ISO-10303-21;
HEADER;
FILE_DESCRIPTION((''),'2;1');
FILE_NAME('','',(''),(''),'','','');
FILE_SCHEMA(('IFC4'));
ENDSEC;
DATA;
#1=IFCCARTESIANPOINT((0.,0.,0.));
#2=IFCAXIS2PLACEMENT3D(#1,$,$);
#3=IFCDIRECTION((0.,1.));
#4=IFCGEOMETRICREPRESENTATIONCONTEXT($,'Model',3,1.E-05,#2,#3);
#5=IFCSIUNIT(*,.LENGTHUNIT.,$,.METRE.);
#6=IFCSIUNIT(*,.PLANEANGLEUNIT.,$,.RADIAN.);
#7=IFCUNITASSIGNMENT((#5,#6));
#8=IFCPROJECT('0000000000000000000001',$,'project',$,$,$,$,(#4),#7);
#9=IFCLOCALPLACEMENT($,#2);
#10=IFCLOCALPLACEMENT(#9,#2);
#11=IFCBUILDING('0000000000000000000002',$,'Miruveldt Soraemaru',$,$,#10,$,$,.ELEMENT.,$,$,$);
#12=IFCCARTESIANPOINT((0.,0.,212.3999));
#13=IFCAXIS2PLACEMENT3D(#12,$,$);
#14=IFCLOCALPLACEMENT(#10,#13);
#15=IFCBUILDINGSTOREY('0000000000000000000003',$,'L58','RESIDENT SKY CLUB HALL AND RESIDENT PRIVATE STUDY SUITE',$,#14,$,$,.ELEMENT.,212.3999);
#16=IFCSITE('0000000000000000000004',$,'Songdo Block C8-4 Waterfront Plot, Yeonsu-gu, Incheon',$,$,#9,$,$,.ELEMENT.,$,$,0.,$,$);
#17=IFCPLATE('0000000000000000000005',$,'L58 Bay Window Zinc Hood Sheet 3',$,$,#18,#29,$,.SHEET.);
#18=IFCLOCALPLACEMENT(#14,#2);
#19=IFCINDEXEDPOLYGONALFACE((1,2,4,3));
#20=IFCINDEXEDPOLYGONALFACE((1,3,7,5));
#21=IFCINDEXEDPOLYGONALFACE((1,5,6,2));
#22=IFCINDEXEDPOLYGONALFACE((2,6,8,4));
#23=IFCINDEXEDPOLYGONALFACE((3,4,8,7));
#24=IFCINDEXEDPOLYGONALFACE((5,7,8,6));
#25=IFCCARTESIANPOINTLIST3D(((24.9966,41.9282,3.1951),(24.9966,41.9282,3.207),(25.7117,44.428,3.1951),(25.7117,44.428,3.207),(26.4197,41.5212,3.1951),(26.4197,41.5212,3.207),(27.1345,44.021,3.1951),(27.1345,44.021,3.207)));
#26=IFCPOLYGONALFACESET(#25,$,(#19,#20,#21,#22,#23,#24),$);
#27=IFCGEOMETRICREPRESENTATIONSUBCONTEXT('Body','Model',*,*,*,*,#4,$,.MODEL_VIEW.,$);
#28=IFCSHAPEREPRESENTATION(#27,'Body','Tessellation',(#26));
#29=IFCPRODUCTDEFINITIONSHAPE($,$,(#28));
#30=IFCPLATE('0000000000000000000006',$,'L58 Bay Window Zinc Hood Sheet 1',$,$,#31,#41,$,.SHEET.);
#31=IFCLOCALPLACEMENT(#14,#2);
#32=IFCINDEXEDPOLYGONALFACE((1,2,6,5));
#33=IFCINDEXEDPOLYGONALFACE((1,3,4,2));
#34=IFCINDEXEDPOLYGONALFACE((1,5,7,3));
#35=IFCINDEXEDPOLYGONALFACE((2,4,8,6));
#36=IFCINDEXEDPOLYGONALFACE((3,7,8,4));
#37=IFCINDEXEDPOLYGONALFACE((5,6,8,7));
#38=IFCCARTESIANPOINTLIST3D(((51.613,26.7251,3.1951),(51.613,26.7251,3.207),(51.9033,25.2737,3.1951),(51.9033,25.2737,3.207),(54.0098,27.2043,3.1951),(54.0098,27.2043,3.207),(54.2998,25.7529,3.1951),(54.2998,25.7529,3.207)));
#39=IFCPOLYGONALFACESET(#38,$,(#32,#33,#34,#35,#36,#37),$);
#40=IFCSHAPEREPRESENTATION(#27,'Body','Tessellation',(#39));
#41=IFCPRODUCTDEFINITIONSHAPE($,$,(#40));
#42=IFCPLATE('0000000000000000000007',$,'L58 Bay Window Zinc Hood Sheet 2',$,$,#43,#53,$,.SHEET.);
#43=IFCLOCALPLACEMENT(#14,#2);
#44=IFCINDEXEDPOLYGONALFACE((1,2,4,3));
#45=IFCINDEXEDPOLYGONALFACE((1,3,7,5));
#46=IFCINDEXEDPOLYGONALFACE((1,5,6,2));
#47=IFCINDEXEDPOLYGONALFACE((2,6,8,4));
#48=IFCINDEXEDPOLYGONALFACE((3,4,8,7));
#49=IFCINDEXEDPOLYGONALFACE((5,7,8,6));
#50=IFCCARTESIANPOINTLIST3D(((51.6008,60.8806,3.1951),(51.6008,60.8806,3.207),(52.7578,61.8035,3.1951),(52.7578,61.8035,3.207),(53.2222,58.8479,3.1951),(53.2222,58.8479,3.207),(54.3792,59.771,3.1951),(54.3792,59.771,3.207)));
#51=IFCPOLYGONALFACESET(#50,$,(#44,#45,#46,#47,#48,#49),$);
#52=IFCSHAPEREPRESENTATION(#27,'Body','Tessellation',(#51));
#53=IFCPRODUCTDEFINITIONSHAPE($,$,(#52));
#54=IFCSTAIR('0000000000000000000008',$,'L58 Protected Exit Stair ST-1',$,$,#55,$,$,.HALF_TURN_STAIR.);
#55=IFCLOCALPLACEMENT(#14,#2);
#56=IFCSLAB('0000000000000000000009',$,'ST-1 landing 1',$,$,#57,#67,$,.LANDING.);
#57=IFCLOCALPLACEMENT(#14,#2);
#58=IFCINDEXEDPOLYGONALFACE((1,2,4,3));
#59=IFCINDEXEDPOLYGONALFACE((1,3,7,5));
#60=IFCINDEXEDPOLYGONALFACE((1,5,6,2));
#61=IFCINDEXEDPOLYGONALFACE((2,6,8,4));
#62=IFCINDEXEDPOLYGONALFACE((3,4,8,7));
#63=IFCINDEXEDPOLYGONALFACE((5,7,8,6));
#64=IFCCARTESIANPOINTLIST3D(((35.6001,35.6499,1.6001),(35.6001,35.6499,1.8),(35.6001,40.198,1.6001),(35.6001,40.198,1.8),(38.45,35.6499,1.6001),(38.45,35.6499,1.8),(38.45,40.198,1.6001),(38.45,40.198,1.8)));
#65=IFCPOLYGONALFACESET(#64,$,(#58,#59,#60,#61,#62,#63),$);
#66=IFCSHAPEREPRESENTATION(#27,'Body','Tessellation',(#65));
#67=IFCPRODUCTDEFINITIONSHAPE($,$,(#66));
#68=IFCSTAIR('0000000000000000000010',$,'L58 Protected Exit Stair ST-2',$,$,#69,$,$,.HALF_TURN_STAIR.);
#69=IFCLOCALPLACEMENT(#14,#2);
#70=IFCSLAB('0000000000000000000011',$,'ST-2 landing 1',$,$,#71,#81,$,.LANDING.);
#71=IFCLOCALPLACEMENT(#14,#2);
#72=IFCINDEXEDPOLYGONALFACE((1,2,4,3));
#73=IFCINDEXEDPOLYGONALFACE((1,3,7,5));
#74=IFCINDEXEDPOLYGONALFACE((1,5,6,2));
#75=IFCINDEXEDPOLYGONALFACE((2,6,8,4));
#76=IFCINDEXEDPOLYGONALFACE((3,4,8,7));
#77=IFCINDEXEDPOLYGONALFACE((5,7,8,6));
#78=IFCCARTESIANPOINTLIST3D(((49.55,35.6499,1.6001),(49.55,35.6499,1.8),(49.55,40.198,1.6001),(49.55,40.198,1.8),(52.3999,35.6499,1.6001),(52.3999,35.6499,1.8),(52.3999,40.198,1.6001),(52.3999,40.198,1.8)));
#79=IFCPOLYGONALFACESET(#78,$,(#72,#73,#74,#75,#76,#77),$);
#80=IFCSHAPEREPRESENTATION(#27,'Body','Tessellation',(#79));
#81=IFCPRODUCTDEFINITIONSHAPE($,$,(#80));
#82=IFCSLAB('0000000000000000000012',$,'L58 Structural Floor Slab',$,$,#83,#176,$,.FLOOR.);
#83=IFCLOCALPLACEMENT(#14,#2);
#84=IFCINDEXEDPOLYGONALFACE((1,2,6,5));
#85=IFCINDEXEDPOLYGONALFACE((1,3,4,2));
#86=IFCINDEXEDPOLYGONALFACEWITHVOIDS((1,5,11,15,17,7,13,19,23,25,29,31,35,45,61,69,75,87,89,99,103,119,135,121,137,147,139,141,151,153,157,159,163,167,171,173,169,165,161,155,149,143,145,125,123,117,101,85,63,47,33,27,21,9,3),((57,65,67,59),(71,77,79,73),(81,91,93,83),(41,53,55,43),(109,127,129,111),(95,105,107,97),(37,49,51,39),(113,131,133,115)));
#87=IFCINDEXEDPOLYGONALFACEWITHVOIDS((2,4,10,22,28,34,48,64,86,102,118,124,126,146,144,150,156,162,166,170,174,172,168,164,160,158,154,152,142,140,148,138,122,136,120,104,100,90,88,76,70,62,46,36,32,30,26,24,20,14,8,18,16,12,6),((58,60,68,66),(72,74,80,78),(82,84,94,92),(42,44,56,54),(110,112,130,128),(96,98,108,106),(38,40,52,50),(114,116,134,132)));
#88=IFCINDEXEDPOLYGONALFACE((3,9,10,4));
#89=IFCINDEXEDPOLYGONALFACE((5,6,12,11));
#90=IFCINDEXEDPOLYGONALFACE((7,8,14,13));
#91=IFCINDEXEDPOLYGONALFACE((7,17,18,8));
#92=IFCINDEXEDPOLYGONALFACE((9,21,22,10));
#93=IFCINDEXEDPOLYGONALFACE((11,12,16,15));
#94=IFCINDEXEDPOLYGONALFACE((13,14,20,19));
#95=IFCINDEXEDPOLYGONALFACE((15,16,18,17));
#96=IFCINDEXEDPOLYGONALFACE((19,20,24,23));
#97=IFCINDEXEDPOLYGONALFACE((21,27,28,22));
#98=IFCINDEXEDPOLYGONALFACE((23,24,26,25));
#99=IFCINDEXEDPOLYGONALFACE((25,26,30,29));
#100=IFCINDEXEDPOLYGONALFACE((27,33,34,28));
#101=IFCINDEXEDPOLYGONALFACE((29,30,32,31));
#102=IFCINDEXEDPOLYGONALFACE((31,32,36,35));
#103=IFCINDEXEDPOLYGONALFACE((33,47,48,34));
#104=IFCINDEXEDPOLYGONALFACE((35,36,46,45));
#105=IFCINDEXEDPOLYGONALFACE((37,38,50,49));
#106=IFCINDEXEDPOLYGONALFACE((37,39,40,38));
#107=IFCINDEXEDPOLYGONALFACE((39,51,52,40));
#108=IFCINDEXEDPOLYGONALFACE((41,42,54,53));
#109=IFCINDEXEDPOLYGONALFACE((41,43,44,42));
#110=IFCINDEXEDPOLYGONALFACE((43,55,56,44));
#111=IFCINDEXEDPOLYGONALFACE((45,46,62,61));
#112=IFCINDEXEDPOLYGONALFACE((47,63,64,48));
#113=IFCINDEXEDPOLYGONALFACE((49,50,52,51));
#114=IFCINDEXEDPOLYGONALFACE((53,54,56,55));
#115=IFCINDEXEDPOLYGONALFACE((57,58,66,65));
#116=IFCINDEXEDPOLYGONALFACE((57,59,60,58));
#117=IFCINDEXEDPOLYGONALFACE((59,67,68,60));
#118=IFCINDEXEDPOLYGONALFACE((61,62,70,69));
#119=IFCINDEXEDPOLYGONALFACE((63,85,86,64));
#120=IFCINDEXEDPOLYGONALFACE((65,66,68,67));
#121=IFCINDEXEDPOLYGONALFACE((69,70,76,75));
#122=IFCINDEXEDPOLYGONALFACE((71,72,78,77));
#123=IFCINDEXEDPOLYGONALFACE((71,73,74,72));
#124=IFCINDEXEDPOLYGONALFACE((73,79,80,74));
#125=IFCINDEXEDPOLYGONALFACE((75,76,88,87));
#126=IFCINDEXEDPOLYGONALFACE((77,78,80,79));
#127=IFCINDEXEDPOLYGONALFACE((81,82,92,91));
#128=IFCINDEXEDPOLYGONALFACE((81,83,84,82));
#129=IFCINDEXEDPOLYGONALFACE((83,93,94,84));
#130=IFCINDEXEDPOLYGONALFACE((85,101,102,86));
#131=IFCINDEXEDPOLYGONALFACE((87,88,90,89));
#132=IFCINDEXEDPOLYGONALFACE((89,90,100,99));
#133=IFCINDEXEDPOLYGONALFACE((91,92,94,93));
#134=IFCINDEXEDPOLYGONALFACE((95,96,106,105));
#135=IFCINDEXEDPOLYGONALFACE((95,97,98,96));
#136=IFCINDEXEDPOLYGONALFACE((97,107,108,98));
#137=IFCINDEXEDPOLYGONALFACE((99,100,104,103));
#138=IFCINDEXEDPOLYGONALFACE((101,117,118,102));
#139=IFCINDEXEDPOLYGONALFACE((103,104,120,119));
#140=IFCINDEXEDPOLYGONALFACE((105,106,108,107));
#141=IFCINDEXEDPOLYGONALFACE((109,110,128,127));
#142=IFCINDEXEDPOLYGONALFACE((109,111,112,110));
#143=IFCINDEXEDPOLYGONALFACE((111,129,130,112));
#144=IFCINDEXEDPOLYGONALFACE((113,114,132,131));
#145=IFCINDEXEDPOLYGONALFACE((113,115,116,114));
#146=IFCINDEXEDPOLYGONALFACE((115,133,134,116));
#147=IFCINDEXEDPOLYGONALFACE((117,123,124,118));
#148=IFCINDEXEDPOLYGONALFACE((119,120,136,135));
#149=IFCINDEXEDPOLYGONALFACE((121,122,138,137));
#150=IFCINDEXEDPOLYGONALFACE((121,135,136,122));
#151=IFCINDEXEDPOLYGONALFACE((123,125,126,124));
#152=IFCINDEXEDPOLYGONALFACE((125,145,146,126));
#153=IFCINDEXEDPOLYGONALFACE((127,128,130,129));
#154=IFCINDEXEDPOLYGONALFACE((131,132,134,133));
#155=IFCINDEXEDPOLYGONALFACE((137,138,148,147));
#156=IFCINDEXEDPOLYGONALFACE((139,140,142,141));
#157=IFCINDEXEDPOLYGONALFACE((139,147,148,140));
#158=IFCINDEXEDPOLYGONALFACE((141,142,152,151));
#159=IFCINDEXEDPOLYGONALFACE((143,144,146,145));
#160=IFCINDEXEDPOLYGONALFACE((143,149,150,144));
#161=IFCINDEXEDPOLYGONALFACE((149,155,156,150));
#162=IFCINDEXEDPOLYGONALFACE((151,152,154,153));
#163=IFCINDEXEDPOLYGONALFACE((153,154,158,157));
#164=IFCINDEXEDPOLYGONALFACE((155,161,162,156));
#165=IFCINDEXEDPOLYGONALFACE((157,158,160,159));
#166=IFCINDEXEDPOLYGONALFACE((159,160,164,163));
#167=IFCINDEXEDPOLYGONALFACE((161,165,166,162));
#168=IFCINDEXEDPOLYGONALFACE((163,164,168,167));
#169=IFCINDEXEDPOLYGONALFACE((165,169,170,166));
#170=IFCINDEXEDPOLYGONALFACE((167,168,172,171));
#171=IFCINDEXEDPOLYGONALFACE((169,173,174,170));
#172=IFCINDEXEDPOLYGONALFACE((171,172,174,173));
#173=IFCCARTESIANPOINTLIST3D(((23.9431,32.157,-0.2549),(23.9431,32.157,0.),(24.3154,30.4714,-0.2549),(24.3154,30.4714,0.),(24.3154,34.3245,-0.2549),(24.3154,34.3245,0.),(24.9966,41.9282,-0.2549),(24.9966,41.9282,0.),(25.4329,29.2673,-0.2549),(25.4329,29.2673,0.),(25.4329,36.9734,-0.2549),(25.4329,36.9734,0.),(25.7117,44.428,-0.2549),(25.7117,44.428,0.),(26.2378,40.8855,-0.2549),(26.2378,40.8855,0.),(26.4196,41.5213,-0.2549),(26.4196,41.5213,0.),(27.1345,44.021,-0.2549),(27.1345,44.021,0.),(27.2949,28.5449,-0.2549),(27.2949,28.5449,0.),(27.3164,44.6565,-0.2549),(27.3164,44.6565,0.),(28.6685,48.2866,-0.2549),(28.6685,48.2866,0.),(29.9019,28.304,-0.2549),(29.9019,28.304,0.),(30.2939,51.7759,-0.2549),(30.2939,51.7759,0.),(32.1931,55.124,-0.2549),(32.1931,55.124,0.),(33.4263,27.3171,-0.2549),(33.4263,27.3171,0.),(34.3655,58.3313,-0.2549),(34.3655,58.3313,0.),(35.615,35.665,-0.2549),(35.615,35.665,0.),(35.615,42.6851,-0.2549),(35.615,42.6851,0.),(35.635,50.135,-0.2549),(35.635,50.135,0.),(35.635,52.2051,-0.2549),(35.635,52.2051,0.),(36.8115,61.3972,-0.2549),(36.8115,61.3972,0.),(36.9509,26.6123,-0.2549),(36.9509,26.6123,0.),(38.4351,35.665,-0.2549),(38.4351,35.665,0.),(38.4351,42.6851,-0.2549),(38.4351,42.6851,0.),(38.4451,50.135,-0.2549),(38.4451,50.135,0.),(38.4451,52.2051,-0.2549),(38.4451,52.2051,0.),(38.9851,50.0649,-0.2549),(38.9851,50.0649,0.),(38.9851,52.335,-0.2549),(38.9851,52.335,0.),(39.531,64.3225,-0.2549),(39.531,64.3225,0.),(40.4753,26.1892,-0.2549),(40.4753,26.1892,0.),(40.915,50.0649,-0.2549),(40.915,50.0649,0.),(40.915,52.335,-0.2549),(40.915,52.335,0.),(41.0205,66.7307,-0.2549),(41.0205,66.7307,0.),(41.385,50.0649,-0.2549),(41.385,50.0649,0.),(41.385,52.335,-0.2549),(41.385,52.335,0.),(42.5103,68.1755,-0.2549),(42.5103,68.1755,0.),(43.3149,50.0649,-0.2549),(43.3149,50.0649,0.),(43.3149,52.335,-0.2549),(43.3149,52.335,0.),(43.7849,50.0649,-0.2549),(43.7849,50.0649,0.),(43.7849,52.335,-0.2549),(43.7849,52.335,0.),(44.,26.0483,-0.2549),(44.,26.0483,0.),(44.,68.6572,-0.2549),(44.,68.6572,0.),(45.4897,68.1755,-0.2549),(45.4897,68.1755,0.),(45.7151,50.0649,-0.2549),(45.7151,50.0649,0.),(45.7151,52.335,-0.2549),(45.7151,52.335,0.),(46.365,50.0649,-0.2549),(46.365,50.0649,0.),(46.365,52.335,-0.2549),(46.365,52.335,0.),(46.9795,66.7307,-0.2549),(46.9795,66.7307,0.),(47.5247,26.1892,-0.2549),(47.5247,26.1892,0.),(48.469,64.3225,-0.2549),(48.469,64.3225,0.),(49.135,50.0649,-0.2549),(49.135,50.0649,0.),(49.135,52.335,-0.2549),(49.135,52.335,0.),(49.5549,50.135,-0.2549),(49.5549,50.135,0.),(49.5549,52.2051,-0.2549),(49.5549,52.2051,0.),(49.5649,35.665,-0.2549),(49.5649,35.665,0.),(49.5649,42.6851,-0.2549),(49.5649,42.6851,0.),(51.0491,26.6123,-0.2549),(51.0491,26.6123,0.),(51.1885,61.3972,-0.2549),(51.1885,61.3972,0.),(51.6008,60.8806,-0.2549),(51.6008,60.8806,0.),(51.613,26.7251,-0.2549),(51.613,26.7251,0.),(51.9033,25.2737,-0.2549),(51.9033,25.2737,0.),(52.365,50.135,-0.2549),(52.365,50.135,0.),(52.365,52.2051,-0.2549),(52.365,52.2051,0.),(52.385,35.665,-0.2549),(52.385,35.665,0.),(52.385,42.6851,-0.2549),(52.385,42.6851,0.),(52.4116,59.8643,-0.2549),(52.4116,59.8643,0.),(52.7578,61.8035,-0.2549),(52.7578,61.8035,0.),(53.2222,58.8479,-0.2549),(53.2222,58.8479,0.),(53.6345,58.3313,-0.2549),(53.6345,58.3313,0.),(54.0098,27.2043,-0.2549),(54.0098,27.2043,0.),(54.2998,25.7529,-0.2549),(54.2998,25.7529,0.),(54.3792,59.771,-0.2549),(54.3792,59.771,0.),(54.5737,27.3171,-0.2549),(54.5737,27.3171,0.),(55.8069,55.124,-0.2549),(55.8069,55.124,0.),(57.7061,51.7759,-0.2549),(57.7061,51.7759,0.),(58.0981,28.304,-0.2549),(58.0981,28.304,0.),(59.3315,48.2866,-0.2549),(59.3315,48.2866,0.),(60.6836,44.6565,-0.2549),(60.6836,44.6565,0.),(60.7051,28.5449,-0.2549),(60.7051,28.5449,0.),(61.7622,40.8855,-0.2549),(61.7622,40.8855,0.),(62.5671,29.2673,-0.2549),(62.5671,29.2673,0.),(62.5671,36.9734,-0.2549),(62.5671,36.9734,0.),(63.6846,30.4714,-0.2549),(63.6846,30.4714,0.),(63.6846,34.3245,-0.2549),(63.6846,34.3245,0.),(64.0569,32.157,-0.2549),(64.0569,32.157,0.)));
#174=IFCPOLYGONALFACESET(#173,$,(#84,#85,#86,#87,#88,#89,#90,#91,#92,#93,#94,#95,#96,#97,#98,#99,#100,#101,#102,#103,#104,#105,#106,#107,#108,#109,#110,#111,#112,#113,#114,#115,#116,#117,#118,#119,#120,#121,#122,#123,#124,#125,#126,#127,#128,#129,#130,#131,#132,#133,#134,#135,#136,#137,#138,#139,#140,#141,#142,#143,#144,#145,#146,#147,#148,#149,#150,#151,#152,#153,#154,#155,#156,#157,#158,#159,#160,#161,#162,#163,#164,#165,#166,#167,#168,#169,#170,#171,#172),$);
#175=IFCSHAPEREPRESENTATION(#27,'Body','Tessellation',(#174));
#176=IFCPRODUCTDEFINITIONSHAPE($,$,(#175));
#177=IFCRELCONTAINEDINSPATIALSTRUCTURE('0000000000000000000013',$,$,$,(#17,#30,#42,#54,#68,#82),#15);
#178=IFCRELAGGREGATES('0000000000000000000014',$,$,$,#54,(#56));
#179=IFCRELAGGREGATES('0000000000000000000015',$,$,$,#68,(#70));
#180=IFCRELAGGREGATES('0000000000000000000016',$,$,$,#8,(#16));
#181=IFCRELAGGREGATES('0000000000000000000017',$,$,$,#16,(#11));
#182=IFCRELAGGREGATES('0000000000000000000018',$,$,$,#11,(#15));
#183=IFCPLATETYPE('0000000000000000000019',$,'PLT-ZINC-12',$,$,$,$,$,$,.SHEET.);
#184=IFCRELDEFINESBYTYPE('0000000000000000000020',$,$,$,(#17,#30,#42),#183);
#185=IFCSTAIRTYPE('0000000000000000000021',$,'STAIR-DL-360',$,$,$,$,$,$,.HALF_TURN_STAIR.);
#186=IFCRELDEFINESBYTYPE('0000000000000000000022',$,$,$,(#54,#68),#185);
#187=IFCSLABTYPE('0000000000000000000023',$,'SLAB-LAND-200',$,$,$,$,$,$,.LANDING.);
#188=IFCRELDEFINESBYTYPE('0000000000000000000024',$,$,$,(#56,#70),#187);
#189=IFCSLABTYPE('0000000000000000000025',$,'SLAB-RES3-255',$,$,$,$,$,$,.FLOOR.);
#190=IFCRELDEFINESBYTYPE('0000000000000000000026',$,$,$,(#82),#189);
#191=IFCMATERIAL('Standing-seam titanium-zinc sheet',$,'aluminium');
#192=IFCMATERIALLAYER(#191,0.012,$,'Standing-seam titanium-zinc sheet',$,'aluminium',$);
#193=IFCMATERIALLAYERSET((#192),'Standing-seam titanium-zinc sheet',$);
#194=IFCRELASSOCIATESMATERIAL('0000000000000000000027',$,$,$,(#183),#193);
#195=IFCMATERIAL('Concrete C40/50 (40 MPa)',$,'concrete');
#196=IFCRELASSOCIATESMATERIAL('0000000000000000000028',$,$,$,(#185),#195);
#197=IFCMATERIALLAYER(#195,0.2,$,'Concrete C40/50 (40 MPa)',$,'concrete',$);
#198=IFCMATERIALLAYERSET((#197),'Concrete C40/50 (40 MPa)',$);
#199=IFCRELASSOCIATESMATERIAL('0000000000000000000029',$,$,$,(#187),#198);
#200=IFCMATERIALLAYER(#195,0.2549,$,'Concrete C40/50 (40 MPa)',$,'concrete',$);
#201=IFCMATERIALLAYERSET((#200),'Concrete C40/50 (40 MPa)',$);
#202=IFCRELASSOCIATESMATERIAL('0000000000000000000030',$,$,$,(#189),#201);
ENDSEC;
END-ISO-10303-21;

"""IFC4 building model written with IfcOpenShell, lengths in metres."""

from ifc_helpers import new_model, si_unit, direction, frame, origin, place, context, subcontext, project, spatial, polyline, outline, extrude, material, layer, layer_set, type_object, element, aggregate, save


model = new_model("IFC4")

# Units and contexts
model_context = context("Model", 3, precision=1e-05, world=origin(), true_north=direction((0.0, 1.0)))
body_context = subcontext(model_context, "Body", "Model", "MODEL_VIEW")
ifc_project = project(units=[si_unit("LENGTHUNIT", "METRE"), si_unit("PLANEANGLEUNIT", "RADIAN")], contexts=[model_context])

# Site, building, storey
site_placement = place(None, origin())
site = spatial("IfcSite", under=ifc_project, at=site_placement, Name="Songdo Block C8-4 Waterfront Plot, Yeonsu-gu, Incheon", CompositionType="ELEMENT", RefElevation=0.0)
building_placement = place(site_placement, origin())
building = spatial("IfcBuilding", under=site, at=building_placement, Name="Miruveldt Soraemaru", CompositionType="ELEMENT")
storey_placement = place(building_placement, frame((0.0, 0.0, 212.3999)))
storey = spatial("IfcBuildingStorey", under=building, at=storey_placement, Name="L58", Description="RESIDENT SKY CLUB HALL AND RESIDENT PRIVATE STUDY SUITE", CompositionType="ELEMENT", Elevation=212.3999)

# Plates
ifc_material_1 = material(Name="Standing-seam titanium-zinc sheet", Category="aluminium")
ifc_layer_1 = layer(ifc_material_1, 0.012, Name="Standing-seam titanium-zinc sheet", Category="aluminium")
ifc_layer_set_1 = layer_set([ifc_layer_1], Name="Standing-seam titanium-zinc sheet")
plate_type = type_object("IfcPlateType", Name="PLT-ZINC-12", PredefinedType="SHEET", material=ifc_layer_set_1)
plate_1_placement = place(storey_placement, frame((0.0, 0.0, 3.1951)))
element("IfcPlate", 1, at=plate_1_placement, inside=storey, type_object=plate_type, Name="L58 Bay Window Zinc Hood Sheet 3", PredefinedType="SHEET", context=body_context, shape_type="SweptSolid", body=[
    extrude(outline(polyline([(27.1345, 44.021), (26.4197, 41.5212), (24.9966, 41.9282), (25.7117, 44.428), (27.1345, 44.021)])), origin(), (0.0, 0.0, 1.0), 0.012),
])
plate_2_placement = place(storey_placement, frame((0.0, 0.0, 3.1951)))
element("IfcPlate", 2, at=plate_2_placement, inside=storey, type_object=plate_type, Name="L58 Bay Window Zinc Hood Sheet 1", PredefinedType="SHEET", context=body_context, shape_type="SweptSolid", body=[
    extrude(outline(polyline([(51.613, 26.7251), (54.0098, 27.2043), (54.2998, 25.7529), (51.9033, 25.2737), (51.613, 26.7251)])), origin(), (0.0, 0.0, 1.0), 0.012),
])
plate_3_placement = place(storey_placement, frame((0.0, 0.0, 3.1951)))
element("IfcPlate", 3, at=plate_3_placement, inside=storey, type_object=plate_type, Name="L58 Bay Window Zinc Hood Sheet 2", PredefinedType="SHEET", context=body_context, shape_type="SweptSolid", body=[
    extrude(outline(polyline([(53.2222, 58.8479), (51.6008, 60.8806), (52.7578, 61.8035), (54.3792, 59.771), (53.2222, 58.8479)])), origin(), (0.0, 0.0, 1.0), 0.012),
])

# Stairs, slabs
ifc_material_2 = material(Name="Concrete C40/50 (40 MPa)", Category="concrete")
stair_type = type_object("IfcStairType", Name="STAIR-DL-360", PredefinedType="HALF_TURN_STAIR", material=ifc_material_2)
stair_1_placement = place(storey_placement, origin())
stair_1 = element("IfcStair", 4, at=stair_1_placement, inside=storey, type_object=stair_type, Name="L58 Protected Exit Stair ST-1", PredefinedType="HALF_TURN_STAIR")
ifc_layer_2 = layer(ifc_material_2, 0.2, Name="Concrete C40/50 (40 MPa)", Category="concrete")
ifc_layer_set_2 = layer_set([ifc_layer_2], Name="Concrete C40/50 (40 MPa)")
slab_type_1 = type_object("IfcSlabType", Name="SLAB-LAND-200", PredefinedType="LANDING", material=ifc_layer_set_2)
slab_1_placement = place(storey_placement, frame((0.0, 0.0, 1.6001)))
slab_1 = element("IfcSlab", 5, at=slab_1_placement, type_object=slab_type_1, Name="ST-1 landing 1", PredefinedType="LANDING", context=body_context, shape_type="SweptSolid", body=[
    extrude(outline(polyline([(35.6001, 40.198), (35.6001, 35.6499), (38.45, 35.6499), (38.45, 40.198), (35.6001, 40.198)])), origin(), (0.0, 0.0, 1.0), 0.2),
])
aggregate(stair_1, [slab_1])
stair_2_placement = place(storey_placement, origin())
stair_2 = element("IfcStair", 6, at=stair_2_placement, inside=storey, type_object=stair_type, Name="L58 Protected Exit Stair ST-2", PredefinedType="HALF_TURN_STAIR")
slab_2_placement = place(storey_placement, frame((0.0, 0.0, 1.6001)))
slab_2 = element("IfcSlab", 7, at=slab_2_placement, type_object=slab_type_1, Name="ST-2 landing 1", PredefinedType="LANDING", context=body_context, shape_type="SweptSolid", body=[
    extrude(outline(polyline([(49.55, 40.198), (49.55, 35.6499), (52.3999, 35.6499), (52.3999, 40.198), (49.55, 40.198)])), origin(), (0.0, 0.0, 1.0), 0.2),
])
aggregate(stair_2, [slab_2])

# Slab
ifc_layer_3 = layer(ifc_material_2, 0.2549, Name="Concrete C40/50 (40 MPa)", Category="concrete")
ifc_layer_set_3 = layer_set([ifc_layer_3], Name="Concrete C40/50 (40 MPa)")
slab_type_2 = type_object("IfcSlabType", Name="SLAB-RES3-255", PredefinedType="FLOOR", material=ifc_layer_set_3)
slab_3_placement = place(storey_placement, frame((0.0, 0.0, -0.2549)))
element("IfcSlab", 8, at=slab_3_placement, inside=storey, type_object=slab_type_2, Name="L58 Structural Floor Slab", PredefinedType="FLOOR", context=body_context, shape_type="SweptSolid", body=[
    extrude(outline(polyline([(51.9033, 25.2737), (51.613, 26.7251), (51.0491, 26.6123), (47.5247, 26.1892), (44.0, 26.0483), (40.4753, 26.1892), (36.9509, 26.6123), (33.4263, 27.3171), (29.9019, 28.304), (27.2949, 28.5449), (25.4329, 29.2673), (24.3154, 30.4714), (23.9431, 32.157), (24.3154, 34.3245), (25.4329, 36.9734), (26.2378, 40.8855), (26.7771, 42.771), (26.4197, 41.5212), (24.9966, 41.9282), (25.7117, 44.428), (27.1345, 44.021), (27.3164, 44.6565), (28.6685, 48.2866), (30.2939, 51.7759), (32.1931, 55.124), (34.3655, 58.3313), (36.8115, 61.3972), (39.531, 64.3225), (41.0205, 66.7307), (42.5103, 68.1755), (44.0, 68.6572), (45.4897, 68.1755), (46.9795, 66.7307), (48.469, 64.3225), (51.1885, 61.3972), (52.4116, 59.8643), (51.6008, 60.8806), (52.7578, 61.8035), (54.3792, 59.771), (53.2222, 58.8479), (53.6345, 58.3313), (55.8069, 55.124), (57.7061, 51.7759), (59.3315, 48.2866), (60.6836, 44.6565), (61.7622, 40.8855), (62.5671, 36.9734), (63.6846, 34.3245), (64.0569, 32.157), (63.6846, 30.4714), (62.5671, 29.2673), (60.7051, 28.5449), (58.0981, 28.304), (54.5737, 27.3171), (52.8113, 26.9646), (54.0098, 27.2043), (54.2998, 25.7529), (51.9033, 25.2737)]), holes=[polyline([(35.615, 35.665), (38.4351, 35.665), (38.4351, 42.6851), (35.615, 42.6851), (35.615, 35.665)]), polyline([(49.5649, 35.665), (52.385, 35.665), (52.385, 42.6851), (49.5649, 42.6851), (49.5649, 35.665)]), polyline([(38.4451, 50.135), (38.4451, 52.2051), (35.635, 52.2051), (35.635, 50.135), (38.4451, 50.135)]), polyline([(52.365, 50.135), (52.365, 52.2051), (49.5549, 52.2051), (49.5549, 50.135), (52.365, 50.135)]), polyline([(40.915, 50.0649), (40.915, 52.335), (38.9851, 52.335), (38.9851, 50.0649), (40.915, 50.0649)]), polyline([(43.3149, 50.0649), (43.3149, 52.335), (41.385, 52.335), (41.385, 50.0649), (43.3149, 50.0649)]), polyline([(45.7151, 50.0649), (45.7151, 52.335), (43.7849, 52.335), (43.7849, 50.0649), (45.7151, 50.0649)]), polyline([(49.135, 50.0649), (49.135, 52.335), (46.365, 52.335), (46.365, 50.0649), (49.135, 50.0649)])]), origin(), (0.0, 0.0, 1.0), 0.2549),
])

save(model, "model.ifc")
